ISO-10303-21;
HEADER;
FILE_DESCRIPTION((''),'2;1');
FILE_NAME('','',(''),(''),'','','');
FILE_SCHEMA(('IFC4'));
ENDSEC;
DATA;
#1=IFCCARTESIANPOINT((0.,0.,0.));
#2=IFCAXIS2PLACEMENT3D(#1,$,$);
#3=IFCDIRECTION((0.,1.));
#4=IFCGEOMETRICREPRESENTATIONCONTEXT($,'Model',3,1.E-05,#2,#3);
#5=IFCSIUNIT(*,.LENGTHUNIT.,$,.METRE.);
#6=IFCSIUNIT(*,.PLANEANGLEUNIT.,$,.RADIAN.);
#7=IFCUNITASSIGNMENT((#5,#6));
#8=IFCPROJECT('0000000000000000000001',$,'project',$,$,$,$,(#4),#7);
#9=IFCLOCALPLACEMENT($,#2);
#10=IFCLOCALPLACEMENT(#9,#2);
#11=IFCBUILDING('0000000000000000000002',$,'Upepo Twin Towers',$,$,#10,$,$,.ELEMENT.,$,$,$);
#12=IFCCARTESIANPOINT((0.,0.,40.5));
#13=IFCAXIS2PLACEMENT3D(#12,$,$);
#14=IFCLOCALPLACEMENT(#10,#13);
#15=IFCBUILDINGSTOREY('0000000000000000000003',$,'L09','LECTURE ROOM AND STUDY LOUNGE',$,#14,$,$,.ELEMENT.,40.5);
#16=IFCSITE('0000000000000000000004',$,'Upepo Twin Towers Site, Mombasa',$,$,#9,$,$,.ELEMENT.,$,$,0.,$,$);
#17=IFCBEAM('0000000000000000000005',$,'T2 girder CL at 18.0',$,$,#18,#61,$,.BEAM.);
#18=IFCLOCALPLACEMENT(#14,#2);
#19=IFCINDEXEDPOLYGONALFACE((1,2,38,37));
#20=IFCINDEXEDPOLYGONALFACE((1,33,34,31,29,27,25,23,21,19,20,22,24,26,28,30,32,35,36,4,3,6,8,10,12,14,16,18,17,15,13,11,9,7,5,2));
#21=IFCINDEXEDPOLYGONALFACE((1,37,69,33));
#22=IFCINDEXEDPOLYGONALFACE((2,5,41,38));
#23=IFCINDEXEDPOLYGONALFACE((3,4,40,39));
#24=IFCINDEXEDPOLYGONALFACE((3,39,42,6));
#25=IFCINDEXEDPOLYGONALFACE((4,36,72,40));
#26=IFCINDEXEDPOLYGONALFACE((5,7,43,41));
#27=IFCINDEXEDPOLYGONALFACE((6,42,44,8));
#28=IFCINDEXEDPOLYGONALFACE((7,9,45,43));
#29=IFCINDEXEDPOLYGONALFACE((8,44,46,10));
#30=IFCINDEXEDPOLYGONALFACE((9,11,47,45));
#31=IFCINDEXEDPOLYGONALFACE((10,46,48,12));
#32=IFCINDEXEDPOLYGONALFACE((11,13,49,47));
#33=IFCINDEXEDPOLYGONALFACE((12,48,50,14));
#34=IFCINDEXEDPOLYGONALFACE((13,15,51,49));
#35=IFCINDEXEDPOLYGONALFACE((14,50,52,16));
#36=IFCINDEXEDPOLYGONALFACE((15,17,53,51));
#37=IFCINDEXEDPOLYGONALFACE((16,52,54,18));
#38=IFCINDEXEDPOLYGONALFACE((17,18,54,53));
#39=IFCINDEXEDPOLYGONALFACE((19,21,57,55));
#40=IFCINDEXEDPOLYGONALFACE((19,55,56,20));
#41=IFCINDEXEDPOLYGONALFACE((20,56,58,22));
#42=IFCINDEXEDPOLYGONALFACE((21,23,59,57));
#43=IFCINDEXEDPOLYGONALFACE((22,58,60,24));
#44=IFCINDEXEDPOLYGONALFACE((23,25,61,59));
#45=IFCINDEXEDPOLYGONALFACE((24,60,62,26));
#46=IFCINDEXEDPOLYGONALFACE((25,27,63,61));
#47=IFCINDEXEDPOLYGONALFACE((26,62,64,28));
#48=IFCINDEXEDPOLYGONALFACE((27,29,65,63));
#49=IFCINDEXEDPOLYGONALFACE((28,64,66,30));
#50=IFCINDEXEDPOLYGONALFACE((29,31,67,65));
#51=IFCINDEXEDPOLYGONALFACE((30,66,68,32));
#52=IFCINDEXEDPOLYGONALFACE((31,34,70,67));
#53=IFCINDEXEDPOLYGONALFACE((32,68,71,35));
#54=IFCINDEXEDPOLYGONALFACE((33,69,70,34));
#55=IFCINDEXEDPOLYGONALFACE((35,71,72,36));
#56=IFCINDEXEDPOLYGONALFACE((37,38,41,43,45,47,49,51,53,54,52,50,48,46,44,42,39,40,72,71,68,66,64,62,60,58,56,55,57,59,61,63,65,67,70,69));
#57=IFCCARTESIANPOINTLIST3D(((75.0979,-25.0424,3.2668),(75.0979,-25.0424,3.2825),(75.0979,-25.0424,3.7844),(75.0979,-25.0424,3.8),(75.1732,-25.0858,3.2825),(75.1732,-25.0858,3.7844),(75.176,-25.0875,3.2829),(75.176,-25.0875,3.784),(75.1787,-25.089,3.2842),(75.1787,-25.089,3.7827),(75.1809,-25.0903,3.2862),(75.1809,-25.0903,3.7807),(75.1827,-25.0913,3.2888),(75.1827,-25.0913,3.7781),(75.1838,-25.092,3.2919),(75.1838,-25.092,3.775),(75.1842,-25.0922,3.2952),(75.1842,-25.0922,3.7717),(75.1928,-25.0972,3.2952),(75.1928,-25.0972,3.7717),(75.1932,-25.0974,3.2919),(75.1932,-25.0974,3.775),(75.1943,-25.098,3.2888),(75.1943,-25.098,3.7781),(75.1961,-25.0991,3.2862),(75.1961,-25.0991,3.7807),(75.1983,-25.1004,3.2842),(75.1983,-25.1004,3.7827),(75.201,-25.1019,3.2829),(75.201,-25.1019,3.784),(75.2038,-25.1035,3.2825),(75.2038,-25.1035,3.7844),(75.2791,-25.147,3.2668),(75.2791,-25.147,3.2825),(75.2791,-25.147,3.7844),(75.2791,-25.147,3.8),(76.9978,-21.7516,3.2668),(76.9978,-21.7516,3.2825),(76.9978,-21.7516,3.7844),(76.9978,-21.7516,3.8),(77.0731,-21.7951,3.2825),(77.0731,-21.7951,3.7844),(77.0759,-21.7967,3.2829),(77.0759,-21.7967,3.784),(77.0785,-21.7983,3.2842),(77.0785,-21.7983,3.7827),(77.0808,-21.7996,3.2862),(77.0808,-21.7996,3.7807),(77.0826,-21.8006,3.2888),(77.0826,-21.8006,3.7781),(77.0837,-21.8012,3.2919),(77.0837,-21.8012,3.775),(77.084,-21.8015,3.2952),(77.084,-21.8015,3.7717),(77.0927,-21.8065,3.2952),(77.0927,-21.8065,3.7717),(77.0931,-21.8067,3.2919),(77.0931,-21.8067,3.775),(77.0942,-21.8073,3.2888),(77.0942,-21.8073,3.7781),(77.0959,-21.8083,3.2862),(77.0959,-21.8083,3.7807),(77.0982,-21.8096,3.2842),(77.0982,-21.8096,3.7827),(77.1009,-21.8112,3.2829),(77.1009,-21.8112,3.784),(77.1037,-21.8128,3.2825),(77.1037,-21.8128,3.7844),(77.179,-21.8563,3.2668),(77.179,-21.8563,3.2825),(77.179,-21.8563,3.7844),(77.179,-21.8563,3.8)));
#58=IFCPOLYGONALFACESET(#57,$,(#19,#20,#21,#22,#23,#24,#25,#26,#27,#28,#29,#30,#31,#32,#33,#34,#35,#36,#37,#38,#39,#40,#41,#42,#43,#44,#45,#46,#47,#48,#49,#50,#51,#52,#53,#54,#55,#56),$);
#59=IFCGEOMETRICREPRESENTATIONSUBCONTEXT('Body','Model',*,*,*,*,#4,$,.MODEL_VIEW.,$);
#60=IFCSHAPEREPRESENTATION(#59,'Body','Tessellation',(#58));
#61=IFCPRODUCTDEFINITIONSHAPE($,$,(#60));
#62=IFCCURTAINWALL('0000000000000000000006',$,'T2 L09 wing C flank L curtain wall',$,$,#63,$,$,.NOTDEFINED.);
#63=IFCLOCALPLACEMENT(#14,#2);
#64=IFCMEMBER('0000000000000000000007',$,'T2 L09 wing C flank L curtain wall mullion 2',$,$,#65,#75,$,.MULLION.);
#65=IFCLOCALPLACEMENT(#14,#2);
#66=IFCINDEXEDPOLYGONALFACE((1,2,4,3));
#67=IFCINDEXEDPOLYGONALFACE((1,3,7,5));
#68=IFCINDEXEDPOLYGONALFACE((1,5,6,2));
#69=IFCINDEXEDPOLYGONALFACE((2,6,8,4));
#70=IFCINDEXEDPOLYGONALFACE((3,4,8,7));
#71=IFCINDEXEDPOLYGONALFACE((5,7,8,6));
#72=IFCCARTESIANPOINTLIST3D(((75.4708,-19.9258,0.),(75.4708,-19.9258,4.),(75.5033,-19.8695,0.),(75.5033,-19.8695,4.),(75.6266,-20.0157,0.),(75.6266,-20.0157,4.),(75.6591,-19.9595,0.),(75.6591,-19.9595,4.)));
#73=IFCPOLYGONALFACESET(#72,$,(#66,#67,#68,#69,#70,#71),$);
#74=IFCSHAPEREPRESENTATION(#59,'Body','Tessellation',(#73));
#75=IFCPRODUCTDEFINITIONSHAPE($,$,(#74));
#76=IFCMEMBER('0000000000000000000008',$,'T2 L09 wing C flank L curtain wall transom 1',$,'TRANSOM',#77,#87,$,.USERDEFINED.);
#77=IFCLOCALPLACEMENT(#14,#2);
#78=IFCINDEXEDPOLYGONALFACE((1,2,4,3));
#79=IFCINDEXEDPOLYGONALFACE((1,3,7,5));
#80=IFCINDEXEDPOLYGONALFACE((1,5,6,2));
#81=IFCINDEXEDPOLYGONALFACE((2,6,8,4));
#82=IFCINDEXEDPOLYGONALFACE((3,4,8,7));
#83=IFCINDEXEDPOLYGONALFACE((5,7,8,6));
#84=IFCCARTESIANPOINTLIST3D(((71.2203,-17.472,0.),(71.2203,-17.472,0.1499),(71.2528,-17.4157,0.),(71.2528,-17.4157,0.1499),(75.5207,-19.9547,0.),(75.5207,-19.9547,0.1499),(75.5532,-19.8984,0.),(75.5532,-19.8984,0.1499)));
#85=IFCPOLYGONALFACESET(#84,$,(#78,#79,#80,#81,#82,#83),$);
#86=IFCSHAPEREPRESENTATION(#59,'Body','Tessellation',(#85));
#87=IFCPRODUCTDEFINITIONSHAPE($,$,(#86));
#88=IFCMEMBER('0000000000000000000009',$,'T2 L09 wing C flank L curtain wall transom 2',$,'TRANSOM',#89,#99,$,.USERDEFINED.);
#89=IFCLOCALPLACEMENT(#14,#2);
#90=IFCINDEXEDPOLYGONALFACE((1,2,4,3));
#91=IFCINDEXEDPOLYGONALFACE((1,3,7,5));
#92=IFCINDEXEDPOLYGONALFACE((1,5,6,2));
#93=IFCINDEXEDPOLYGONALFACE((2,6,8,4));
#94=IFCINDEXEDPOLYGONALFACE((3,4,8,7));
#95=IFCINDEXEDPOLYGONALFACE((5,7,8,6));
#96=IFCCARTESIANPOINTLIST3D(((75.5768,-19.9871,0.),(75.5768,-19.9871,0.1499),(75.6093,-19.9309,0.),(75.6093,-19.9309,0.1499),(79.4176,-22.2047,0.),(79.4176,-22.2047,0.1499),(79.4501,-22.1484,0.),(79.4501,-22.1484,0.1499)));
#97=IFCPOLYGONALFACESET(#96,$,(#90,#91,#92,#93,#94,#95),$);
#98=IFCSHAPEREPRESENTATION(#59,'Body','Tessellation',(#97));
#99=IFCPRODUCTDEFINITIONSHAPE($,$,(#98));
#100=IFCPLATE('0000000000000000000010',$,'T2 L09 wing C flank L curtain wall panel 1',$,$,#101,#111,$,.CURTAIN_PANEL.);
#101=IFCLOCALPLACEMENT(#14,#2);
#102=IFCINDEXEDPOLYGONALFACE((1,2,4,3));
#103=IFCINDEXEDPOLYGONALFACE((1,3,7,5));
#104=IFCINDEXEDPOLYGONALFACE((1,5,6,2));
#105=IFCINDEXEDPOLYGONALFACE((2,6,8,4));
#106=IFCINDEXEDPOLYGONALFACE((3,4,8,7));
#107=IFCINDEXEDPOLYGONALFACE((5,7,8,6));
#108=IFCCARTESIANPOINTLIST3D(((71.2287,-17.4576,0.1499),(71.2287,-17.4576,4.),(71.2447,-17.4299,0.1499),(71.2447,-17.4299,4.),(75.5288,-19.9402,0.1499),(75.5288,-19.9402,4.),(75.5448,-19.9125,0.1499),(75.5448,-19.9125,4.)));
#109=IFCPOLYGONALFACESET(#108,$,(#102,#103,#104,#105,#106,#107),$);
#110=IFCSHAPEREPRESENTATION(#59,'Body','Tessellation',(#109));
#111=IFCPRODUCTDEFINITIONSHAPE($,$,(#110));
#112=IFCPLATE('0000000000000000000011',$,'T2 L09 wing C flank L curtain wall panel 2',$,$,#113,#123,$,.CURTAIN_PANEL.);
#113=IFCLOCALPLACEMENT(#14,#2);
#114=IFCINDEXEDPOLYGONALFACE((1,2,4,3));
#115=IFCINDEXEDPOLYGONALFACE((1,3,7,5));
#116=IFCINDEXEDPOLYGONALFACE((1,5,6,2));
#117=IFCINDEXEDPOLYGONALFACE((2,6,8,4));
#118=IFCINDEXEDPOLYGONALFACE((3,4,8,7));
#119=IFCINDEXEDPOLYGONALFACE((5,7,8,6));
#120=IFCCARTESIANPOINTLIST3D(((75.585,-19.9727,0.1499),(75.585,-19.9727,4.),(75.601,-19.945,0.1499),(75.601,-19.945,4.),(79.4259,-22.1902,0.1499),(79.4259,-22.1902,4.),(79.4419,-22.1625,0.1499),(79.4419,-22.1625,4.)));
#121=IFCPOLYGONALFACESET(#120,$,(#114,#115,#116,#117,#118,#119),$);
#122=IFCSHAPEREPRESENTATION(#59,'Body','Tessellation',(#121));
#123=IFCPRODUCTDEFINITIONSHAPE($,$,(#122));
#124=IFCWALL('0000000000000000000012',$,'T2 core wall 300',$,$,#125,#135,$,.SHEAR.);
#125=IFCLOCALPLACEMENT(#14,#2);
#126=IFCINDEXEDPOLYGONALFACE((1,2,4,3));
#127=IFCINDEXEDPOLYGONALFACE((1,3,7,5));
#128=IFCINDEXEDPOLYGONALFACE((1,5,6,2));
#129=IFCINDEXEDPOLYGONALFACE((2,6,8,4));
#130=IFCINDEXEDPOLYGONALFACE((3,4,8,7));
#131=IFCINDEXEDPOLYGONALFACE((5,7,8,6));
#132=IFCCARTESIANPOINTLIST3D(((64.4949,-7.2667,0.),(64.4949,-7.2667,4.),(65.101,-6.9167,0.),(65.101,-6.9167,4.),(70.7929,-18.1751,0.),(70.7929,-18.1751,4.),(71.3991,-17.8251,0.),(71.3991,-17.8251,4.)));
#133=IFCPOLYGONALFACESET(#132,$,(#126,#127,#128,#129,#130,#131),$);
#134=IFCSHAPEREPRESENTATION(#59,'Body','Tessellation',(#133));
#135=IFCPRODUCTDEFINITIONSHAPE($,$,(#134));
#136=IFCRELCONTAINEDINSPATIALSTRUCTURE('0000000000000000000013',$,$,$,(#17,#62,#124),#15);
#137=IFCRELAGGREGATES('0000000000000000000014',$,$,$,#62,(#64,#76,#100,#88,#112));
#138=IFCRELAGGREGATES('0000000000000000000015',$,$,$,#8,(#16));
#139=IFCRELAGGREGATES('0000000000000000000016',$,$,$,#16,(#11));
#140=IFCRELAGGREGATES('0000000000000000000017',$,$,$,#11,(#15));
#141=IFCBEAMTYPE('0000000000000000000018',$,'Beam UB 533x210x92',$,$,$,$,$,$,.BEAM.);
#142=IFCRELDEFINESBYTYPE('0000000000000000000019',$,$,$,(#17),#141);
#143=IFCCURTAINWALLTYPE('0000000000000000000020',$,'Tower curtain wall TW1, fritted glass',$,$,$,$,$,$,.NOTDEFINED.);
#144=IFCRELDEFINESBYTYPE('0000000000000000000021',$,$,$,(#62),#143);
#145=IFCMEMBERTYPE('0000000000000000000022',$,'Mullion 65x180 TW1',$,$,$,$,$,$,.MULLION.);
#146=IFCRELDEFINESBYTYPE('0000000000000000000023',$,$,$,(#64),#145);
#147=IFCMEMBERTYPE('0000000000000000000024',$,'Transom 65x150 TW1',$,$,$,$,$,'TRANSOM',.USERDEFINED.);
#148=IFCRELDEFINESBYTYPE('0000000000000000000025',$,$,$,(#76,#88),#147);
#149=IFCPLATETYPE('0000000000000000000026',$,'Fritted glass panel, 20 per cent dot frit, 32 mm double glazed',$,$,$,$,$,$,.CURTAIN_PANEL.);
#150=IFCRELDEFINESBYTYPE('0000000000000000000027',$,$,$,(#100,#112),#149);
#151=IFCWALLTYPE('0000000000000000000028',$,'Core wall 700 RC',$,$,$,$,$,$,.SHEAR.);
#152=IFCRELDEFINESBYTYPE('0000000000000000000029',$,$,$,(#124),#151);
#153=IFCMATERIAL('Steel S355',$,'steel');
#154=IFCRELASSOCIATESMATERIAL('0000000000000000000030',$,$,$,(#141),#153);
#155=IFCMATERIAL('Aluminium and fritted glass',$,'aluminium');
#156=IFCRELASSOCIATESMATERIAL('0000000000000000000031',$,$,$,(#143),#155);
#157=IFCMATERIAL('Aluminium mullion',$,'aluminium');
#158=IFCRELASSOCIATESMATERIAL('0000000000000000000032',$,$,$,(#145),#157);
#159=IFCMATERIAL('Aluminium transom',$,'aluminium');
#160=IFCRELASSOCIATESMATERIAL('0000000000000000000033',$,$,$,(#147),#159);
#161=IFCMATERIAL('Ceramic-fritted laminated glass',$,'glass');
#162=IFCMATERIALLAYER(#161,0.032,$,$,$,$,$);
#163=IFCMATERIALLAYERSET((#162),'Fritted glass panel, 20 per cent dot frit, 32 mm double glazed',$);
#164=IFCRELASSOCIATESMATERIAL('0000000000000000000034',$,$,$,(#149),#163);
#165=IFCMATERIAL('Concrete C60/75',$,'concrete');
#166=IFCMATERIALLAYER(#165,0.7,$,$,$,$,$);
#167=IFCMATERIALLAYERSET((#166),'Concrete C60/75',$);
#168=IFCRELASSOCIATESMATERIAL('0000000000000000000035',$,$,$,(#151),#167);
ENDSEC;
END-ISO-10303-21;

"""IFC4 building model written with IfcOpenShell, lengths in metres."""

from ifc_helpers import new_model, si_unit, direction, frame, frame_2d, origin, origin_2d, place, context, subcontext, project, spatial, rectangle, i_section, extrude, material, layer, layer_set, material_profile, profile_set, type_object, element, aggregate, save


model = new_model("IFC4")

# Units and contexts
model_context = context("Model", 3, precision=1e-05, world=origin(), true_north=direction((0.0, 1.0)))
body_context = subcontext(model_context, "Body", "Model", "MODEL_VIEW")
ifc_project = project(units=[si_unit("LENGTHUNIT", "METRE"), si_unit("PLANEANGLEUNIT", "RADIAN")], contexts=[model_context])

# Site, building, storey
site_placement = place(None, origin())
site = spatial("IfcSite", under=ifc_project, at=site_placement, Name="Upepo Twin Towers Site, Mombasa", CompositionType="ELEMENT", RefElevation=0.0)
building_placement = place(site_placement, origin())
building = spatial("IfcBuilding", under=site, at=building_placement, Name="Upepo Twin Towers", CompositionType="ELEMENT")
storey_placement = place(building_placement, frame((0.0, 0.0, 40.5)))
storey = spatial("IfcBuildingStorey", under=building, at=storey_placement, Name="L09", Description="LECTURE ROOM AND STUDY LOUNGE", CompositionType="ELEMENT", Elevation=40.5)

# Beam
ifc_material_1 = material(Name="Steel S355", Category="steel")
ifc_material_profile_1 = material_profile(ifc_material_1, i_section(OverallWidth=0.2092, OverallDepth=0.5332, WebThickness=0.01, FlangeThickness=0.0156, FilletRadius=0.0127, at=origin_2d()), Name="UB 533x210x92")
ifc_profile_set_1 = profile_set([ifc_material_profile_1], Name="Steel S355")
beam_type_1 = type_object("IfcBeamType", Name="Beam UB 533x210x92", PredefinedType="BEAM", material=ifc_profile_set_1)
beam_1_placement = place(storey_placement, frame((77.0884, -21.804, 3.5334), z_axis=(-0.499995, -0.866028, 0.0), x_axis=(0.866028, -0.499995, 0.0)))
element("IfcBeam", 1, at=beam_1_placement, inside=storey, type_object=beam_type_1, Name="T2 girder CL at 18.0", PredefinedType="BEAM", context=body_context, shape_type="SweptSolid", body=[
    extrude(i_section(OverallWidth=0.2092, OverallDepth=0.5332, WebThickness=0.01, FlangeThickness=0.0156, FilletRadius=0.0127, at=origin_2d()), origin(), (0.0, 0.0, 1.0), 3.7998),
])

# Curtain wall, members, plates
ifc_material_2 = material(Name="Aluminium and fritted glass", Category="aluminium")
curtain_wall_type = type_object("IfcCurtainWallType", Name="Tower curtain wall TW1, fritted glass", PredefinedType="NOTDEFINED", material=ifc_material_2)
curtain_wall_placement = place(storey_placement, origin())
curtain_wall = element("IfcCurtainWall", 2, at=curtain_wall_placement, inside=storey, type_object=curtain_wall_type, Name="T2 L09 wing C flank L curtain wall", PredefinedType="NOTDEFINED")
ifc_material_3 = material(Name="Aluminium mullion", Category="aluminium")
ifc_material_profile_2 = material_profile(ifc_material_3, rectangle(XDim=0.0649, YDim=0.1799, at=origin_2d()), Name="MULLION 65x180")
ifc_profile_set_2 = profile_set([ifc_material_profile_2], Name="Aluminium mullion")
member_type_1 = type_object("IfcMemberType", Name="Mullion 65x180 TW1", PredefinedType="MULLION", material=ifc_profile_set_2)
member_1_placement = place(storey_placement, frame((75.5649, -19.9426, 0.0), z_axis=(0.0, 0.0, 1.0), x_axis=(0.5, 0.866025, 0.0)))
member_1 = element("IfcMember", 3, at=member_1_placement, type_object=member_type_1, Name="T2 L09 wing C flank L curtain wall mullion 2", PredefinedType="MULLION", context=body_context, shape_type="SweptSolid", body=[
    extrude(rectangle(XDim=0.0649, YDim=0.1799, at=origin_2d()), origin(), (0.0, 0.0, 1.0), 4.0),
])
ifc_material_4 = material(Name="Aluminium transom", Category="aluminium")
ifc_material_profile_3 = material_profile(ifc_material_4, rectangle(XDim=0.0649, YDim=0.1499, at=origin_2d()), Name="TRANSOM 65x150")
ifc_profile_set_3 = profile_set([ifc_material_profile_3], Name="Aluminium transom")
member_type_2 = type_object("IfcMemberType", Name="Transom 65x150 TW1", ElementType="TRANSOM", PredefinedType="USERDEFINED", material=ifc_profile_set_3)
member_2_placement = place(storey_placement, frame((71.2366, -17.4438, 0.075), z_axis=(0.866035, -0.499983, 0.0), x_axis=(0.499983, 0.866035, 0.0)))
member_2 = element("IfcMember", 4, at=member_2_placement, type_object=member_type_2, Name="T2 L09 wing C flank L curtain wall transom 1", ObjectType="TRANSOM", PredefinedType="USERDEFINED", context=body_context, shape_type="SweptSolid", body=[
    extrude(rectangle(XDim=0.0649, YDim=0.1499, at=origin_2d()), origin(), (0.0, 0.0, 1.0), 4.9656),
])
member_3_placement = place(storey_placement, frame((75.593, -19.959, 0.075), z_axis=(0.866022, -0.500005, 0.0), x_axis=(0.500005, 0.866022, 0.0)))
member_3 = element("IfcMember", 5, at=member_3_placement, type_object=member_type_2, Name="T2 L09 wing C flank L curtain wall transom 2", ObjectType="TRANSOM", PredefinedType="USERDEFINED", context=body_context, shape_type="SweptSolid", body=[
    extrude(rectangle(XDim=0.0649, YDim=0.1499, at=origin_2d()), origin(), (0.0, 0.0, 1.0), 4.4351),
])
ifc_material_5 = material(Name="Ceramic-fritted laminated glass", Category="glass")
ifc_layer_1 = layer(ifc_material_5, 0.032)
ifc_layer_set_1 = layer_set([ifc_layer_1], Name="Fritted glass panel, 20 per cent dot frit, 32 mm double glazed")
plate_type = type_object("IfcPlateType", Name="Fritted glass panel, 20 per cent dot frit, 32 mm double glazed", PredefinedType="CURTAIN_PANEL", material=ifc_layer_set_1)
plate_1_placement = place(storey_placement, frame((73.3867, -18.6851, 0.1499), z_axis=(0.0, 0.0, 1.0), x_axis=(0.866025, -0.5, 0.0)))
plate_1 = element("IfcPlate", 6, at=plate_1_placement, type_object=plate_type, Name="T2 L09 wing C flank L curtain wall panel 1", PredefinedType="CURTAIN_PANEL", context=body_context, shape_type="SweptSolid", body=[
    extrude(rectangle(XDim=4.9653, YDim=0.032, at=origin_2d()), origin(), (0.0, 0.0, 1.0), 3.8501),
])
plate_2_placement = place(storey_placement, frame((77.5134, -21.0676, 0.1499), z_axis=(0.0, 0.0, 1.0), x_axis=(0.866025, -0.5, 0.0)))
plate_2 = element("IfcPlate", 7, at=plate_2_placement, type_object=plate_type, Name="T2 L09 wing C flank L curtain wall panel 2", PredefinedType="CURTAIN_PANEL", context=body_context, shape_type="SweptSolid", body=[
    extrude(rectangle(XDim=4.4351, YDim=0.032, at=origin_2d()), origin(), (0.0, 0.0, 1.0), 3.8501),
])
aggregate(curtain_wall, [member_1, member_2, plate_1, member_3, plate_2])

# Wall
ifc_material_6 = material(Name="Concrete C60/75", Category="concrete")
ifc_layer_2 = layer(ifc_material_6, 0.7)
ifc_layer_set_2 = layer_set([ifc_layer_2], Name="Concrete C60/75")
wall_type_1 = type_object("IfcWallType", Name="Core wall 700 RC", PredefinedType="SHEAR", material=ifc_layer_set_2)
wall_1_placement = place(storey_placement, frame((71.0959, -18.0, 0.0), z_axis=(0.0, 0.0, 1.0), x_axis=(-0.500006, 0.866022, 0.0)))
element("IfcWall", 8, at=wall_1_placement, inside=storey, type_object=wall_type_1, Name="T2 core wall 300", PredefinedType="SHEAR", context=body_context, shape_type="SweptSolid", body=[
    extrude(rectangle(XDim=12.5959, YDim=0.7, at=frame_2d((6.2979, 0.0))), origin(), (0.0, 0.0, 1.0), 4.0),
])

save(model, "model.ifc")
